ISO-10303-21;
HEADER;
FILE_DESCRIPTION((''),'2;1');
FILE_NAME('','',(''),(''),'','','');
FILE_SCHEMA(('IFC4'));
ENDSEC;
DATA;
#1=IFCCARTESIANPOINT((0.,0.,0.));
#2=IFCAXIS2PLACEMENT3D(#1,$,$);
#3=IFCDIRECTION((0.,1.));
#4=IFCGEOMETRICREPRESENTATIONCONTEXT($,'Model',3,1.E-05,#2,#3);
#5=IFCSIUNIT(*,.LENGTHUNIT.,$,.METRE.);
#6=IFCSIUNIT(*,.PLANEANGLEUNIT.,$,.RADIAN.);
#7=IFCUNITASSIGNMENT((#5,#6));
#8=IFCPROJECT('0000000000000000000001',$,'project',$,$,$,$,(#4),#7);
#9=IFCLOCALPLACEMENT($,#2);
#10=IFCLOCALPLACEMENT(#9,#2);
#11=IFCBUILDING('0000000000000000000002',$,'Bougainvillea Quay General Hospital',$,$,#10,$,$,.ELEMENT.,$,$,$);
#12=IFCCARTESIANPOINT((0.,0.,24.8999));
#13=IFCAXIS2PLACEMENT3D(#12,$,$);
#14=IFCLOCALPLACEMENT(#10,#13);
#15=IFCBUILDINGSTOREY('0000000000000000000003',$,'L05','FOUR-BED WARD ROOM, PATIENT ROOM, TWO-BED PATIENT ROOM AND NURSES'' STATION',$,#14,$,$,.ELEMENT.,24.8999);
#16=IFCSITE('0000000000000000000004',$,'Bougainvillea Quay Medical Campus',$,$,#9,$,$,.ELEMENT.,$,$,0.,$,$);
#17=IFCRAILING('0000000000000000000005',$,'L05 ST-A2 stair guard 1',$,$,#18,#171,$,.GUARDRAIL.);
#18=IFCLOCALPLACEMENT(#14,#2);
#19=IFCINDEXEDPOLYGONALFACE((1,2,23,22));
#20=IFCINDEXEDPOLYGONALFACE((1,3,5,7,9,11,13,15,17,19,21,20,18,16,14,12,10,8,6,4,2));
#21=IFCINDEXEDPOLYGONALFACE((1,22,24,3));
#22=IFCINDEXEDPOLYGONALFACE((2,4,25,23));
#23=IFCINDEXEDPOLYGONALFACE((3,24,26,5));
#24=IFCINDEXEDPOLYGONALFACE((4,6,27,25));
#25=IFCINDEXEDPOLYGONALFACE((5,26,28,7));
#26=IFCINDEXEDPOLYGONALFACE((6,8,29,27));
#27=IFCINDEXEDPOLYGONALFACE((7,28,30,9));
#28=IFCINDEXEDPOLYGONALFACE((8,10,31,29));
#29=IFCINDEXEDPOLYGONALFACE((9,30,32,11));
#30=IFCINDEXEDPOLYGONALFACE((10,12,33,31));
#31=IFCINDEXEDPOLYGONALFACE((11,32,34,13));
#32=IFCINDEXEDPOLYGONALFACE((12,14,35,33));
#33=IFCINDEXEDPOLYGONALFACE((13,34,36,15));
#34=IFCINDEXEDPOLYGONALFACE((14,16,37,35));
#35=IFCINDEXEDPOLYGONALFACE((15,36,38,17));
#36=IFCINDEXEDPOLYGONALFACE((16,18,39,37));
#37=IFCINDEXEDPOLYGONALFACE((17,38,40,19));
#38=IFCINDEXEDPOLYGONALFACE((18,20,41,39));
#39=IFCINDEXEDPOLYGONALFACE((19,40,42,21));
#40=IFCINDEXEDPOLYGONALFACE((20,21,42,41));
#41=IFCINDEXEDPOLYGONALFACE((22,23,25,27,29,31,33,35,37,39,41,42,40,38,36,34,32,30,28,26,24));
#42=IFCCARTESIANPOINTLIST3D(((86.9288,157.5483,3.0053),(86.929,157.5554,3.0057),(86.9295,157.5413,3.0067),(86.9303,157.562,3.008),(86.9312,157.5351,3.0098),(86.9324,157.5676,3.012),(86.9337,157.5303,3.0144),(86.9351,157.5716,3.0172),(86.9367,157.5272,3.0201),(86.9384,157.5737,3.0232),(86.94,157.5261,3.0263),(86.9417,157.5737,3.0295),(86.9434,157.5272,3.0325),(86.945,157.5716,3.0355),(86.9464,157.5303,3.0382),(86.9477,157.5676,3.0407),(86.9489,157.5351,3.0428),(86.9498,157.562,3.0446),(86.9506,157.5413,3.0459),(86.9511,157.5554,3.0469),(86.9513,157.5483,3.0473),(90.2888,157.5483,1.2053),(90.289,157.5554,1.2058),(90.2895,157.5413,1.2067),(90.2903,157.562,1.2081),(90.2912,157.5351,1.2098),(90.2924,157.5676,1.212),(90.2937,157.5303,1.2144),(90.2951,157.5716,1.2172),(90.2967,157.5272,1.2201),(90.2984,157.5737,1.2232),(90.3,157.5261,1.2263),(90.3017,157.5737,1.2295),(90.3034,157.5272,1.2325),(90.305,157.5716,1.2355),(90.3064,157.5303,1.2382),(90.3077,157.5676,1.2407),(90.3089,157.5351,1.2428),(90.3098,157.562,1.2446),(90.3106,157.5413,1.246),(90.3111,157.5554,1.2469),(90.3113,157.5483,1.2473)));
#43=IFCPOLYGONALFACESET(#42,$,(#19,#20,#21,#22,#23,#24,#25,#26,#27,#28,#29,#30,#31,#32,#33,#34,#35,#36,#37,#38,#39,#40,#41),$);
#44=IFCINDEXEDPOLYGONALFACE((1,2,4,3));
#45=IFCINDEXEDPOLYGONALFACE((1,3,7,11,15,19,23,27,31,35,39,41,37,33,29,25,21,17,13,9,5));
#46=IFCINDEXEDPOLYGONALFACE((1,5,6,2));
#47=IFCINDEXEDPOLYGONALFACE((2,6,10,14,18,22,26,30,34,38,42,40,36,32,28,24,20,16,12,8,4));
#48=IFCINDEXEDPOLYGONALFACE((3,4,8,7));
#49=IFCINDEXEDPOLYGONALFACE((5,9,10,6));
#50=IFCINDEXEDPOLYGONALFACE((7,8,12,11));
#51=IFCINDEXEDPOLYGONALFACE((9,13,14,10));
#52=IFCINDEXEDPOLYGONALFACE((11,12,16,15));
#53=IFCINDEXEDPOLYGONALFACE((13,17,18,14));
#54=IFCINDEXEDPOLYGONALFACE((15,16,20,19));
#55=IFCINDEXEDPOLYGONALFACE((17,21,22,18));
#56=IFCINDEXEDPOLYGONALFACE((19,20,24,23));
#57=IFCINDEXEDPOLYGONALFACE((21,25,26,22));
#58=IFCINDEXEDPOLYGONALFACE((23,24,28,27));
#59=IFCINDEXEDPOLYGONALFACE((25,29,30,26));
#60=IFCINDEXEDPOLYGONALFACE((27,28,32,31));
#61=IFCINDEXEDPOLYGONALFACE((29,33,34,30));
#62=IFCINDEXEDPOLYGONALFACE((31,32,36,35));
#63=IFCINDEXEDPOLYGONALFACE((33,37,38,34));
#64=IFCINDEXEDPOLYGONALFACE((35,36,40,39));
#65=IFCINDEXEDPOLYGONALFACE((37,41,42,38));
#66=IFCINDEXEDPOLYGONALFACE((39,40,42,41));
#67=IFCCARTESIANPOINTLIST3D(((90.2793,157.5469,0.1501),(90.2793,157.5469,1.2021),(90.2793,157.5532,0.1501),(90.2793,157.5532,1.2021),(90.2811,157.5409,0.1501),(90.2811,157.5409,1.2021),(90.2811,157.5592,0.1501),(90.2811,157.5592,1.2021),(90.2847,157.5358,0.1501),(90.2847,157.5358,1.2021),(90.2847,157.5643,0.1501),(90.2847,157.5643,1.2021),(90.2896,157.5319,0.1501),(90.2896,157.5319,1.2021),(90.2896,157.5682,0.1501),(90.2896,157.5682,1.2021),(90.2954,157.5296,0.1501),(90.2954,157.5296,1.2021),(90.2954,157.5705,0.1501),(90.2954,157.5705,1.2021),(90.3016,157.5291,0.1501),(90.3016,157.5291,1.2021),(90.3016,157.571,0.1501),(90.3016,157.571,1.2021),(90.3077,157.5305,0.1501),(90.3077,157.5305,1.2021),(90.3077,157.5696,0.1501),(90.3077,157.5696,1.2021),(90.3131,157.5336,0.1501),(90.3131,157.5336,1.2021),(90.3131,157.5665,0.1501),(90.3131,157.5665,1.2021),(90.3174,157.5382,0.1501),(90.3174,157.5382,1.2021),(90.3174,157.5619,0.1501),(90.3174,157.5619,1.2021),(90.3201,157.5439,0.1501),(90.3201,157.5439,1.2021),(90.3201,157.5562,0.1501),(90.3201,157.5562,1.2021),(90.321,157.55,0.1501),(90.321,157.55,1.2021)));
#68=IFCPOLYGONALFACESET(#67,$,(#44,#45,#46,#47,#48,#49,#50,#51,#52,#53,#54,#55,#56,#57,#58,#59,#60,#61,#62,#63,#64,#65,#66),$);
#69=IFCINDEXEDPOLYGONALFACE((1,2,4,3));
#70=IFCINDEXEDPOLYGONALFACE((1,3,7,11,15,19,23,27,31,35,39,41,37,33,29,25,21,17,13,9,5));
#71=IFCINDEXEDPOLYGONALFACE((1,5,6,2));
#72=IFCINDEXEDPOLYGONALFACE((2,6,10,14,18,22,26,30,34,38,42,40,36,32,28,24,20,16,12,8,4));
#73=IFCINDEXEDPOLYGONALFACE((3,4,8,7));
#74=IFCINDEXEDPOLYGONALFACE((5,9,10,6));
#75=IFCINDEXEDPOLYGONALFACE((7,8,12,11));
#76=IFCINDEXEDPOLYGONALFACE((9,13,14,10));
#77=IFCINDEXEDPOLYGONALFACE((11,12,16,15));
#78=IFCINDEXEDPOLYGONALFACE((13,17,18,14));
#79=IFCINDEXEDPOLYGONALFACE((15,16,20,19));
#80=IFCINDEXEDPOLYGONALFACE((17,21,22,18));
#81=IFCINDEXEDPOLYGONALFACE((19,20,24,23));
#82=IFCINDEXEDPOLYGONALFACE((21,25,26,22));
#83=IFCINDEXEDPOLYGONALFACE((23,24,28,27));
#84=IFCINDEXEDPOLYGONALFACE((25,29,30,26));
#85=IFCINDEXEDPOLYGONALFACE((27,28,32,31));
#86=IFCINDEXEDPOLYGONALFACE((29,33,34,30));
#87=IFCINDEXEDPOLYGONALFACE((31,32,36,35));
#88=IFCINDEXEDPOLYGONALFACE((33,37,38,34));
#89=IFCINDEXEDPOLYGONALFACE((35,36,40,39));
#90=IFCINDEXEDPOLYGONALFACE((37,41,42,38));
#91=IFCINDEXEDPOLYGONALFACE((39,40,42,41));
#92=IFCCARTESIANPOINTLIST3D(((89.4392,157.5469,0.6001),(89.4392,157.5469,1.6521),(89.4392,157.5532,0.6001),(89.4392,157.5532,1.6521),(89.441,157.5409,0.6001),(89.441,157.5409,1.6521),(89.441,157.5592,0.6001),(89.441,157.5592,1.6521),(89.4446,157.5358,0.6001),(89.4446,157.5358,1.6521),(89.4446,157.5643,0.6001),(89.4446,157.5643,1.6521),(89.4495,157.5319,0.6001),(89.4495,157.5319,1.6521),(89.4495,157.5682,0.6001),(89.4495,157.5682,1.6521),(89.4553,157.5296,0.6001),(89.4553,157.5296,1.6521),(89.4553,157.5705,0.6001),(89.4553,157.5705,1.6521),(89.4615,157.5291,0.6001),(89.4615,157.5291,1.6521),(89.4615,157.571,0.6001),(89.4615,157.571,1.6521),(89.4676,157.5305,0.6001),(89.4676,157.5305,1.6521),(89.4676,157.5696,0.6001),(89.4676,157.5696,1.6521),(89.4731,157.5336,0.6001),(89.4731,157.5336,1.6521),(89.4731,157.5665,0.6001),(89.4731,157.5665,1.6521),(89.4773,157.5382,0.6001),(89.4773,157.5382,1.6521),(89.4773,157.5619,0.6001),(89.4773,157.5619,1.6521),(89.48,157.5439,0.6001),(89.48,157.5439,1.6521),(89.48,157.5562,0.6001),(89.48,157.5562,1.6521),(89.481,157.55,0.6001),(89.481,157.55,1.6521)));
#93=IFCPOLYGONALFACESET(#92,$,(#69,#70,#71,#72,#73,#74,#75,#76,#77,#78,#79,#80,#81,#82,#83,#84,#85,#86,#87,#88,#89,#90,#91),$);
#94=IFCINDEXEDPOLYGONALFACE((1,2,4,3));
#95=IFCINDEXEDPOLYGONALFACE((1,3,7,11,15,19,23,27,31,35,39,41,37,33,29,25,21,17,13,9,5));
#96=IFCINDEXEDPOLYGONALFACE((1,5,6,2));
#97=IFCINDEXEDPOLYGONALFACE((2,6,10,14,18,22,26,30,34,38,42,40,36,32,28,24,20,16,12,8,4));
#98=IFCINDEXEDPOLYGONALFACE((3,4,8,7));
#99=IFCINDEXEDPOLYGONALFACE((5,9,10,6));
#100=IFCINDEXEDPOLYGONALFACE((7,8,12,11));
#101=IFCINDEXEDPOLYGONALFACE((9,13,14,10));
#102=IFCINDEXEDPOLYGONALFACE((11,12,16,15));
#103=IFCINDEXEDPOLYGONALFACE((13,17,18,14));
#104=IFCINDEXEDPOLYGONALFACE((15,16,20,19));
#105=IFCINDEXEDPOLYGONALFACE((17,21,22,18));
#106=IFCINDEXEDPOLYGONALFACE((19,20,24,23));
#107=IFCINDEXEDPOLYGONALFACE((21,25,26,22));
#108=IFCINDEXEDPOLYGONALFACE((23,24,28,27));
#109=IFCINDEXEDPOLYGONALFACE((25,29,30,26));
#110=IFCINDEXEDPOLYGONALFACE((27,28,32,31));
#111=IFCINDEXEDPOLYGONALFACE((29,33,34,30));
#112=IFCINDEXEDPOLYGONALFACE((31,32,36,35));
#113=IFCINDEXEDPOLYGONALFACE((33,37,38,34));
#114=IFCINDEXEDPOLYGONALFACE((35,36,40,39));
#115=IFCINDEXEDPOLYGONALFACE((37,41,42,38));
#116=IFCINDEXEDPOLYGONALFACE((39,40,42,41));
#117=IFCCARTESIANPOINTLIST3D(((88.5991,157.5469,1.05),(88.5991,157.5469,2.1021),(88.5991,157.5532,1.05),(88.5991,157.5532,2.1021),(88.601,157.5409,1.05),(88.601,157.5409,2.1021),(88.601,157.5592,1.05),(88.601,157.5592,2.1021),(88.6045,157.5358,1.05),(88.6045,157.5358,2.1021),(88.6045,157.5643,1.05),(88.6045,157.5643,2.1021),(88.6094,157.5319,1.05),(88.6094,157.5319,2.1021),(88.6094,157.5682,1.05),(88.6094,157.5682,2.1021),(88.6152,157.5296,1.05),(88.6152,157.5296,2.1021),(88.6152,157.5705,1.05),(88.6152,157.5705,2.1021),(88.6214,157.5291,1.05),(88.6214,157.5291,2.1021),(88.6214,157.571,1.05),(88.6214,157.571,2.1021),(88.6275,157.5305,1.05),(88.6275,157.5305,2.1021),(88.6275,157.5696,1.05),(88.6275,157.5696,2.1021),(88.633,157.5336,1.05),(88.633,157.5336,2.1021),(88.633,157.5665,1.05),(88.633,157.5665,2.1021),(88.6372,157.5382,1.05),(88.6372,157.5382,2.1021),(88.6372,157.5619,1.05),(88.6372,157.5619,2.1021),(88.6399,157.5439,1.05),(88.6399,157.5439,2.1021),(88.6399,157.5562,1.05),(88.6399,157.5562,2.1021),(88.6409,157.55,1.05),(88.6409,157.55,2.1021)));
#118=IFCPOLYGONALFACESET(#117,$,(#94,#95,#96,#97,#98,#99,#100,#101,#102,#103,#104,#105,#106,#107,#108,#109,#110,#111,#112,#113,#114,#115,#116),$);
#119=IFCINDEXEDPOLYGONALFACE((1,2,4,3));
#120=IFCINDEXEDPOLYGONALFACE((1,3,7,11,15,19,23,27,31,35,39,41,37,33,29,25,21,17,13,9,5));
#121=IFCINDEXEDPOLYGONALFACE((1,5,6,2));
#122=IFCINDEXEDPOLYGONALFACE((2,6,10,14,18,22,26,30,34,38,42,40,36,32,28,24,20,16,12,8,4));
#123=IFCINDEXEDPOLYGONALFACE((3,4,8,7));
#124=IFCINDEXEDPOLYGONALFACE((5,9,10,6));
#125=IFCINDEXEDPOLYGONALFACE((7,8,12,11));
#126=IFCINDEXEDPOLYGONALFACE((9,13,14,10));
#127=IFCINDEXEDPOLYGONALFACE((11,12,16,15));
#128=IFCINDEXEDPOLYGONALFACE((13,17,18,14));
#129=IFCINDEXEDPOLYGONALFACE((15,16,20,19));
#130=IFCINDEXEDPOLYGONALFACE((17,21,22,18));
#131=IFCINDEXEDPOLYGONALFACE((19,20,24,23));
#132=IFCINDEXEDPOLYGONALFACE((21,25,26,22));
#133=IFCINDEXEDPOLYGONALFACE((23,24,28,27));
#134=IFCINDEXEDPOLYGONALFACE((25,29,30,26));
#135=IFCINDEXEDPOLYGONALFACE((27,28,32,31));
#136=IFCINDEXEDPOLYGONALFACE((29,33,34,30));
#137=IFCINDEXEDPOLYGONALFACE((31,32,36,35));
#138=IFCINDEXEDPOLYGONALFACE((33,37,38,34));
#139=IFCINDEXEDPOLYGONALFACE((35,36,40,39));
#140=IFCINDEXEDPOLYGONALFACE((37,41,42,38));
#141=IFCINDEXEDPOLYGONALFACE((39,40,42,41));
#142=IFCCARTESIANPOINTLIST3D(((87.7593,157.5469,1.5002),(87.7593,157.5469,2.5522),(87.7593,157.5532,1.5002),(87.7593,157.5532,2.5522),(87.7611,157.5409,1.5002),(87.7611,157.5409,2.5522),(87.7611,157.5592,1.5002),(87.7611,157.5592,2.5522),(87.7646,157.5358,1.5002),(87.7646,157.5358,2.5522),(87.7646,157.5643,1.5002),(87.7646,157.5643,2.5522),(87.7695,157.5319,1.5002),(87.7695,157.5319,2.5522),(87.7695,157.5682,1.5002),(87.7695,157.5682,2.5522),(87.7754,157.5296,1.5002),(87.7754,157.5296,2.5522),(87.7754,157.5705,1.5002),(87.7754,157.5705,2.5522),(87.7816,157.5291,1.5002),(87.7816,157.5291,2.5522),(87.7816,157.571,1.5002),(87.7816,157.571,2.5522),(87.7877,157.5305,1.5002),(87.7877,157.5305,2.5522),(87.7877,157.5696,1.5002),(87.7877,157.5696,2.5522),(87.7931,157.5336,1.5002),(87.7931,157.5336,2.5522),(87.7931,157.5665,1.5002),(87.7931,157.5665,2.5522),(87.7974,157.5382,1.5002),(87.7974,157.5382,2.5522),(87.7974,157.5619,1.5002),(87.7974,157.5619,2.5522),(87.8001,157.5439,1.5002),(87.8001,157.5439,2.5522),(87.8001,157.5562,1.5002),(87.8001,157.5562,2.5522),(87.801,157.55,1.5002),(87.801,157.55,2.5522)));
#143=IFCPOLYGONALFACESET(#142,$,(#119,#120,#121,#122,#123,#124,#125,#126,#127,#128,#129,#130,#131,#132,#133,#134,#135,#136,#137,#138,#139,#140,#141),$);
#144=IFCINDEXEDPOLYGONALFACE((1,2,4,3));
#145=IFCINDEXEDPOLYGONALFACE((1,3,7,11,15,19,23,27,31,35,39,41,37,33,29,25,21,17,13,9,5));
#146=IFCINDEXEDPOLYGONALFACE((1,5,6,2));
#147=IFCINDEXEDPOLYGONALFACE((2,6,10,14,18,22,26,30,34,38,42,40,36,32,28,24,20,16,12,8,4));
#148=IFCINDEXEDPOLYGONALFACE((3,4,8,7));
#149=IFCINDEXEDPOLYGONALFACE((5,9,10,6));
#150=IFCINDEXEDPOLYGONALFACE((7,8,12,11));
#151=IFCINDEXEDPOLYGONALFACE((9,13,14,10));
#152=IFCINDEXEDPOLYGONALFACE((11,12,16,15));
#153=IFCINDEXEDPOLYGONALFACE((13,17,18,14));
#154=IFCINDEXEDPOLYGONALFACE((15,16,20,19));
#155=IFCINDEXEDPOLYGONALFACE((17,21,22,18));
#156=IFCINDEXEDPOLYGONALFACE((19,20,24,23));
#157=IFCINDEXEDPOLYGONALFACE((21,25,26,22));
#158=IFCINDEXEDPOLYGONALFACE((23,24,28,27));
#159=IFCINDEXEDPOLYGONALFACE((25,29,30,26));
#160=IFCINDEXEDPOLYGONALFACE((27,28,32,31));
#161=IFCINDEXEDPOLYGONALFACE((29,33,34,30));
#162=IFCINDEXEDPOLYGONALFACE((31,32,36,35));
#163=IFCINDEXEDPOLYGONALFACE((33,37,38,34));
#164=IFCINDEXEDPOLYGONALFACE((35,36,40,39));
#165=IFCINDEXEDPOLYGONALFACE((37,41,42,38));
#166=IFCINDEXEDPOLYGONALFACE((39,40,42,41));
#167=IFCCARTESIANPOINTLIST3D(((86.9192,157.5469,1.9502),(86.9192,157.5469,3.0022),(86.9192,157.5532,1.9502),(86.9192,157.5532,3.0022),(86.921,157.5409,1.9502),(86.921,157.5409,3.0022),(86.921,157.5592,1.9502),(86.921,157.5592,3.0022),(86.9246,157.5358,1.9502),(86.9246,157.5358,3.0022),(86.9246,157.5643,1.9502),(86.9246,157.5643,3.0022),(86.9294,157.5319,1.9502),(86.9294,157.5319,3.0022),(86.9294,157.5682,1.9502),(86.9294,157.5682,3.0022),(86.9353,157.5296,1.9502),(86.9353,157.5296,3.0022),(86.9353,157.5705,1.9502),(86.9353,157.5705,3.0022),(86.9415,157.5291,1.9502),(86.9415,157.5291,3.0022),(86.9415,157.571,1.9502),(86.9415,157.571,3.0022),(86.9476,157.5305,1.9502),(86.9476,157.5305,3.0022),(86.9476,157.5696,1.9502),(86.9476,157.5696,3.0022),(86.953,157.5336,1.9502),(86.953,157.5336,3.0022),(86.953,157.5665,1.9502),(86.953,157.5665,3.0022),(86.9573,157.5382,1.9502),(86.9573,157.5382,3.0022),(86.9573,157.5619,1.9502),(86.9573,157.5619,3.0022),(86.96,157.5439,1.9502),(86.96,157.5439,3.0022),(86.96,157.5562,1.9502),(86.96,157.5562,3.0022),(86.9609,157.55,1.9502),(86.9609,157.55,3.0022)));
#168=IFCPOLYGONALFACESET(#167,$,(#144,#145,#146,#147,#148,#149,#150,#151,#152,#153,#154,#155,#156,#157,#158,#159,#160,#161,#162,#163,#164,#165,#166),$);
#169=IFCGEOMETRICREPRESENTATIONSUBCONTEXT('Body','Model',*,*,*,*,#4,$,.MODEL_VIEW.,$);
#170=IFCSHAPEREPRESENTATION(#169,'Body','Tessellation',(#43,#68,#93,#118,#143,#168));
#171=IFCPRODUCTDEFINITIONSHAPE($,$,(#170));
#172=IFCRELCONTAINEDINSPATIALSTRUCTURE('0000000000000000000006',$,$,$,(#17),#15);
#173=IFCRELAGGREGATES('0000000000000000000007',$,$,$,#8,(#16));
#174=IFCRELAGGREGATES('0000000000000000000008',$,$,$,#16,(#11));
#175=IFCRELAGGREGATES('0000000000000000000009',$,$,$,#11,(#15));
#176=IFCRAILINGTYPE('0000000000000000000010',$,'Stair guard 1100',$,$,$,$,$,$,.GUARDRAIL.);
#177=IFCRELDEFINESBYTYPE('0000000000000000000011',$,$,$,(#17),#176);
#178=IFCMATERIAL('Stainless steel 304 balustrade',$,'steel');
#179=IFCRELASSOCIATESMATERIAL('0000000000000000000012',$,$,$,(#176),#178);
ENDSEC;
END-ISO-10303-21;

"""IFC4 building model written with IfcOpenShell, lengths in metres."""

from ifc_helpers import new_model, si_unit, direction, frame, origin, origin_2d, place, context, subcontext, project, spatial, circle, extrude, material, type_object, element, save


model = new_model("IFC4")

# Units and contexts
model_context = context("Model", 3, precision=1e-05, world=origin(), true_north=direction((0.0, 1.0)))
body_context = subcontext(model_context, "Body", "Model", "MODEL_VIEW")
ifc_project = project(units=[si_unit("LENGTHUNIT", "METRE"), si_unit("PLANEANGLEUNIT", "RADIAN")], contexts=[model_context])

# Site, building, storey
site_placement = place(None, origin())
site = spatial("IfcSite", under=ifc_project, at=site_placement, Name="Bougainvillea Quay Medical Campus", CompositionType="ELEMENT", RefElevation=0.0)
building_placement = place(site_placement, origin())
building = spatial("IfcBuilding", under=site, at=building_placement, Name="Bougainvillea Quay General Hospital", CompositionType="ELEMENT")
storey_placement = place(building_placement, frame((0.0, 0.0, 24.8999)))
storey = spatial("IfcBuildingStorey", under=building, at=storey_placement, Name="L05", Description="FOUR-BED WARD ROOM, PATIENT ROOM, TWO-BED PATIENT ROOM AND NURSES' STATION", CompositionType="ELEMENT", Elevation=24.8999)

# Railing
ifc_material_1 = material(Name="Stainless steel 304 balustrade", Category="steel")
railing_type_1 = type_object("IfcRailingType", Name="Stair guard 1100", PredefinedType="GUARDRAIL", material=ifc_material_1)
railing_1_placement = place(storey_placement, frame((90.3, 157.55, 0.1501)))
element("IfcRailing", 1, at=railing_1_placement, inside=storey, type_object=railing_type_1, Name="L05 ST-A2 stair guard 1", PredefinedType="GUARDRAIL", context=body_context, shape_type="SweptSolid", body=[
    extrude(circle(Radius=0.0239, at=origin_2d()), frame((0.0, 0.0, 1.0762), z_axis=(-0.881481, 0.0, 0.47222), x_axis=(0.0, -1.0, 0.0)), (0.0, 0.0, 1.0), 3.8118),
    extrude(circle(Radius=0.021, at=origin_2d()), origin(), (0.0, 0.0, 1.0), 1.052),
    extrude(circle(Radius=0.021, at=origin_2d()), frame((-0.8401, 0.0, 0.45)), (0.0, 0.0, 1.0), 1.052),
    extrude(circle(Radius=0.021, at=origin_2d()), frame((-1.6802, 0.0, 0.8999)), (0.0, 0.0, 1.0), 1.052),
    extrude(circle(Radius=0.021, at=origin_2d()), frame((-2.52, 0.0, 1.3501)), (0.0, 0.0, 1.0), 1.052),
    extrude(circle(Radius=0.021, at=origin_2d()), frame((-3.3601, 0.0, 1.8)), (0.0, 0.0, 1.0), 1.052),
])

save(model, "model.ifc")
